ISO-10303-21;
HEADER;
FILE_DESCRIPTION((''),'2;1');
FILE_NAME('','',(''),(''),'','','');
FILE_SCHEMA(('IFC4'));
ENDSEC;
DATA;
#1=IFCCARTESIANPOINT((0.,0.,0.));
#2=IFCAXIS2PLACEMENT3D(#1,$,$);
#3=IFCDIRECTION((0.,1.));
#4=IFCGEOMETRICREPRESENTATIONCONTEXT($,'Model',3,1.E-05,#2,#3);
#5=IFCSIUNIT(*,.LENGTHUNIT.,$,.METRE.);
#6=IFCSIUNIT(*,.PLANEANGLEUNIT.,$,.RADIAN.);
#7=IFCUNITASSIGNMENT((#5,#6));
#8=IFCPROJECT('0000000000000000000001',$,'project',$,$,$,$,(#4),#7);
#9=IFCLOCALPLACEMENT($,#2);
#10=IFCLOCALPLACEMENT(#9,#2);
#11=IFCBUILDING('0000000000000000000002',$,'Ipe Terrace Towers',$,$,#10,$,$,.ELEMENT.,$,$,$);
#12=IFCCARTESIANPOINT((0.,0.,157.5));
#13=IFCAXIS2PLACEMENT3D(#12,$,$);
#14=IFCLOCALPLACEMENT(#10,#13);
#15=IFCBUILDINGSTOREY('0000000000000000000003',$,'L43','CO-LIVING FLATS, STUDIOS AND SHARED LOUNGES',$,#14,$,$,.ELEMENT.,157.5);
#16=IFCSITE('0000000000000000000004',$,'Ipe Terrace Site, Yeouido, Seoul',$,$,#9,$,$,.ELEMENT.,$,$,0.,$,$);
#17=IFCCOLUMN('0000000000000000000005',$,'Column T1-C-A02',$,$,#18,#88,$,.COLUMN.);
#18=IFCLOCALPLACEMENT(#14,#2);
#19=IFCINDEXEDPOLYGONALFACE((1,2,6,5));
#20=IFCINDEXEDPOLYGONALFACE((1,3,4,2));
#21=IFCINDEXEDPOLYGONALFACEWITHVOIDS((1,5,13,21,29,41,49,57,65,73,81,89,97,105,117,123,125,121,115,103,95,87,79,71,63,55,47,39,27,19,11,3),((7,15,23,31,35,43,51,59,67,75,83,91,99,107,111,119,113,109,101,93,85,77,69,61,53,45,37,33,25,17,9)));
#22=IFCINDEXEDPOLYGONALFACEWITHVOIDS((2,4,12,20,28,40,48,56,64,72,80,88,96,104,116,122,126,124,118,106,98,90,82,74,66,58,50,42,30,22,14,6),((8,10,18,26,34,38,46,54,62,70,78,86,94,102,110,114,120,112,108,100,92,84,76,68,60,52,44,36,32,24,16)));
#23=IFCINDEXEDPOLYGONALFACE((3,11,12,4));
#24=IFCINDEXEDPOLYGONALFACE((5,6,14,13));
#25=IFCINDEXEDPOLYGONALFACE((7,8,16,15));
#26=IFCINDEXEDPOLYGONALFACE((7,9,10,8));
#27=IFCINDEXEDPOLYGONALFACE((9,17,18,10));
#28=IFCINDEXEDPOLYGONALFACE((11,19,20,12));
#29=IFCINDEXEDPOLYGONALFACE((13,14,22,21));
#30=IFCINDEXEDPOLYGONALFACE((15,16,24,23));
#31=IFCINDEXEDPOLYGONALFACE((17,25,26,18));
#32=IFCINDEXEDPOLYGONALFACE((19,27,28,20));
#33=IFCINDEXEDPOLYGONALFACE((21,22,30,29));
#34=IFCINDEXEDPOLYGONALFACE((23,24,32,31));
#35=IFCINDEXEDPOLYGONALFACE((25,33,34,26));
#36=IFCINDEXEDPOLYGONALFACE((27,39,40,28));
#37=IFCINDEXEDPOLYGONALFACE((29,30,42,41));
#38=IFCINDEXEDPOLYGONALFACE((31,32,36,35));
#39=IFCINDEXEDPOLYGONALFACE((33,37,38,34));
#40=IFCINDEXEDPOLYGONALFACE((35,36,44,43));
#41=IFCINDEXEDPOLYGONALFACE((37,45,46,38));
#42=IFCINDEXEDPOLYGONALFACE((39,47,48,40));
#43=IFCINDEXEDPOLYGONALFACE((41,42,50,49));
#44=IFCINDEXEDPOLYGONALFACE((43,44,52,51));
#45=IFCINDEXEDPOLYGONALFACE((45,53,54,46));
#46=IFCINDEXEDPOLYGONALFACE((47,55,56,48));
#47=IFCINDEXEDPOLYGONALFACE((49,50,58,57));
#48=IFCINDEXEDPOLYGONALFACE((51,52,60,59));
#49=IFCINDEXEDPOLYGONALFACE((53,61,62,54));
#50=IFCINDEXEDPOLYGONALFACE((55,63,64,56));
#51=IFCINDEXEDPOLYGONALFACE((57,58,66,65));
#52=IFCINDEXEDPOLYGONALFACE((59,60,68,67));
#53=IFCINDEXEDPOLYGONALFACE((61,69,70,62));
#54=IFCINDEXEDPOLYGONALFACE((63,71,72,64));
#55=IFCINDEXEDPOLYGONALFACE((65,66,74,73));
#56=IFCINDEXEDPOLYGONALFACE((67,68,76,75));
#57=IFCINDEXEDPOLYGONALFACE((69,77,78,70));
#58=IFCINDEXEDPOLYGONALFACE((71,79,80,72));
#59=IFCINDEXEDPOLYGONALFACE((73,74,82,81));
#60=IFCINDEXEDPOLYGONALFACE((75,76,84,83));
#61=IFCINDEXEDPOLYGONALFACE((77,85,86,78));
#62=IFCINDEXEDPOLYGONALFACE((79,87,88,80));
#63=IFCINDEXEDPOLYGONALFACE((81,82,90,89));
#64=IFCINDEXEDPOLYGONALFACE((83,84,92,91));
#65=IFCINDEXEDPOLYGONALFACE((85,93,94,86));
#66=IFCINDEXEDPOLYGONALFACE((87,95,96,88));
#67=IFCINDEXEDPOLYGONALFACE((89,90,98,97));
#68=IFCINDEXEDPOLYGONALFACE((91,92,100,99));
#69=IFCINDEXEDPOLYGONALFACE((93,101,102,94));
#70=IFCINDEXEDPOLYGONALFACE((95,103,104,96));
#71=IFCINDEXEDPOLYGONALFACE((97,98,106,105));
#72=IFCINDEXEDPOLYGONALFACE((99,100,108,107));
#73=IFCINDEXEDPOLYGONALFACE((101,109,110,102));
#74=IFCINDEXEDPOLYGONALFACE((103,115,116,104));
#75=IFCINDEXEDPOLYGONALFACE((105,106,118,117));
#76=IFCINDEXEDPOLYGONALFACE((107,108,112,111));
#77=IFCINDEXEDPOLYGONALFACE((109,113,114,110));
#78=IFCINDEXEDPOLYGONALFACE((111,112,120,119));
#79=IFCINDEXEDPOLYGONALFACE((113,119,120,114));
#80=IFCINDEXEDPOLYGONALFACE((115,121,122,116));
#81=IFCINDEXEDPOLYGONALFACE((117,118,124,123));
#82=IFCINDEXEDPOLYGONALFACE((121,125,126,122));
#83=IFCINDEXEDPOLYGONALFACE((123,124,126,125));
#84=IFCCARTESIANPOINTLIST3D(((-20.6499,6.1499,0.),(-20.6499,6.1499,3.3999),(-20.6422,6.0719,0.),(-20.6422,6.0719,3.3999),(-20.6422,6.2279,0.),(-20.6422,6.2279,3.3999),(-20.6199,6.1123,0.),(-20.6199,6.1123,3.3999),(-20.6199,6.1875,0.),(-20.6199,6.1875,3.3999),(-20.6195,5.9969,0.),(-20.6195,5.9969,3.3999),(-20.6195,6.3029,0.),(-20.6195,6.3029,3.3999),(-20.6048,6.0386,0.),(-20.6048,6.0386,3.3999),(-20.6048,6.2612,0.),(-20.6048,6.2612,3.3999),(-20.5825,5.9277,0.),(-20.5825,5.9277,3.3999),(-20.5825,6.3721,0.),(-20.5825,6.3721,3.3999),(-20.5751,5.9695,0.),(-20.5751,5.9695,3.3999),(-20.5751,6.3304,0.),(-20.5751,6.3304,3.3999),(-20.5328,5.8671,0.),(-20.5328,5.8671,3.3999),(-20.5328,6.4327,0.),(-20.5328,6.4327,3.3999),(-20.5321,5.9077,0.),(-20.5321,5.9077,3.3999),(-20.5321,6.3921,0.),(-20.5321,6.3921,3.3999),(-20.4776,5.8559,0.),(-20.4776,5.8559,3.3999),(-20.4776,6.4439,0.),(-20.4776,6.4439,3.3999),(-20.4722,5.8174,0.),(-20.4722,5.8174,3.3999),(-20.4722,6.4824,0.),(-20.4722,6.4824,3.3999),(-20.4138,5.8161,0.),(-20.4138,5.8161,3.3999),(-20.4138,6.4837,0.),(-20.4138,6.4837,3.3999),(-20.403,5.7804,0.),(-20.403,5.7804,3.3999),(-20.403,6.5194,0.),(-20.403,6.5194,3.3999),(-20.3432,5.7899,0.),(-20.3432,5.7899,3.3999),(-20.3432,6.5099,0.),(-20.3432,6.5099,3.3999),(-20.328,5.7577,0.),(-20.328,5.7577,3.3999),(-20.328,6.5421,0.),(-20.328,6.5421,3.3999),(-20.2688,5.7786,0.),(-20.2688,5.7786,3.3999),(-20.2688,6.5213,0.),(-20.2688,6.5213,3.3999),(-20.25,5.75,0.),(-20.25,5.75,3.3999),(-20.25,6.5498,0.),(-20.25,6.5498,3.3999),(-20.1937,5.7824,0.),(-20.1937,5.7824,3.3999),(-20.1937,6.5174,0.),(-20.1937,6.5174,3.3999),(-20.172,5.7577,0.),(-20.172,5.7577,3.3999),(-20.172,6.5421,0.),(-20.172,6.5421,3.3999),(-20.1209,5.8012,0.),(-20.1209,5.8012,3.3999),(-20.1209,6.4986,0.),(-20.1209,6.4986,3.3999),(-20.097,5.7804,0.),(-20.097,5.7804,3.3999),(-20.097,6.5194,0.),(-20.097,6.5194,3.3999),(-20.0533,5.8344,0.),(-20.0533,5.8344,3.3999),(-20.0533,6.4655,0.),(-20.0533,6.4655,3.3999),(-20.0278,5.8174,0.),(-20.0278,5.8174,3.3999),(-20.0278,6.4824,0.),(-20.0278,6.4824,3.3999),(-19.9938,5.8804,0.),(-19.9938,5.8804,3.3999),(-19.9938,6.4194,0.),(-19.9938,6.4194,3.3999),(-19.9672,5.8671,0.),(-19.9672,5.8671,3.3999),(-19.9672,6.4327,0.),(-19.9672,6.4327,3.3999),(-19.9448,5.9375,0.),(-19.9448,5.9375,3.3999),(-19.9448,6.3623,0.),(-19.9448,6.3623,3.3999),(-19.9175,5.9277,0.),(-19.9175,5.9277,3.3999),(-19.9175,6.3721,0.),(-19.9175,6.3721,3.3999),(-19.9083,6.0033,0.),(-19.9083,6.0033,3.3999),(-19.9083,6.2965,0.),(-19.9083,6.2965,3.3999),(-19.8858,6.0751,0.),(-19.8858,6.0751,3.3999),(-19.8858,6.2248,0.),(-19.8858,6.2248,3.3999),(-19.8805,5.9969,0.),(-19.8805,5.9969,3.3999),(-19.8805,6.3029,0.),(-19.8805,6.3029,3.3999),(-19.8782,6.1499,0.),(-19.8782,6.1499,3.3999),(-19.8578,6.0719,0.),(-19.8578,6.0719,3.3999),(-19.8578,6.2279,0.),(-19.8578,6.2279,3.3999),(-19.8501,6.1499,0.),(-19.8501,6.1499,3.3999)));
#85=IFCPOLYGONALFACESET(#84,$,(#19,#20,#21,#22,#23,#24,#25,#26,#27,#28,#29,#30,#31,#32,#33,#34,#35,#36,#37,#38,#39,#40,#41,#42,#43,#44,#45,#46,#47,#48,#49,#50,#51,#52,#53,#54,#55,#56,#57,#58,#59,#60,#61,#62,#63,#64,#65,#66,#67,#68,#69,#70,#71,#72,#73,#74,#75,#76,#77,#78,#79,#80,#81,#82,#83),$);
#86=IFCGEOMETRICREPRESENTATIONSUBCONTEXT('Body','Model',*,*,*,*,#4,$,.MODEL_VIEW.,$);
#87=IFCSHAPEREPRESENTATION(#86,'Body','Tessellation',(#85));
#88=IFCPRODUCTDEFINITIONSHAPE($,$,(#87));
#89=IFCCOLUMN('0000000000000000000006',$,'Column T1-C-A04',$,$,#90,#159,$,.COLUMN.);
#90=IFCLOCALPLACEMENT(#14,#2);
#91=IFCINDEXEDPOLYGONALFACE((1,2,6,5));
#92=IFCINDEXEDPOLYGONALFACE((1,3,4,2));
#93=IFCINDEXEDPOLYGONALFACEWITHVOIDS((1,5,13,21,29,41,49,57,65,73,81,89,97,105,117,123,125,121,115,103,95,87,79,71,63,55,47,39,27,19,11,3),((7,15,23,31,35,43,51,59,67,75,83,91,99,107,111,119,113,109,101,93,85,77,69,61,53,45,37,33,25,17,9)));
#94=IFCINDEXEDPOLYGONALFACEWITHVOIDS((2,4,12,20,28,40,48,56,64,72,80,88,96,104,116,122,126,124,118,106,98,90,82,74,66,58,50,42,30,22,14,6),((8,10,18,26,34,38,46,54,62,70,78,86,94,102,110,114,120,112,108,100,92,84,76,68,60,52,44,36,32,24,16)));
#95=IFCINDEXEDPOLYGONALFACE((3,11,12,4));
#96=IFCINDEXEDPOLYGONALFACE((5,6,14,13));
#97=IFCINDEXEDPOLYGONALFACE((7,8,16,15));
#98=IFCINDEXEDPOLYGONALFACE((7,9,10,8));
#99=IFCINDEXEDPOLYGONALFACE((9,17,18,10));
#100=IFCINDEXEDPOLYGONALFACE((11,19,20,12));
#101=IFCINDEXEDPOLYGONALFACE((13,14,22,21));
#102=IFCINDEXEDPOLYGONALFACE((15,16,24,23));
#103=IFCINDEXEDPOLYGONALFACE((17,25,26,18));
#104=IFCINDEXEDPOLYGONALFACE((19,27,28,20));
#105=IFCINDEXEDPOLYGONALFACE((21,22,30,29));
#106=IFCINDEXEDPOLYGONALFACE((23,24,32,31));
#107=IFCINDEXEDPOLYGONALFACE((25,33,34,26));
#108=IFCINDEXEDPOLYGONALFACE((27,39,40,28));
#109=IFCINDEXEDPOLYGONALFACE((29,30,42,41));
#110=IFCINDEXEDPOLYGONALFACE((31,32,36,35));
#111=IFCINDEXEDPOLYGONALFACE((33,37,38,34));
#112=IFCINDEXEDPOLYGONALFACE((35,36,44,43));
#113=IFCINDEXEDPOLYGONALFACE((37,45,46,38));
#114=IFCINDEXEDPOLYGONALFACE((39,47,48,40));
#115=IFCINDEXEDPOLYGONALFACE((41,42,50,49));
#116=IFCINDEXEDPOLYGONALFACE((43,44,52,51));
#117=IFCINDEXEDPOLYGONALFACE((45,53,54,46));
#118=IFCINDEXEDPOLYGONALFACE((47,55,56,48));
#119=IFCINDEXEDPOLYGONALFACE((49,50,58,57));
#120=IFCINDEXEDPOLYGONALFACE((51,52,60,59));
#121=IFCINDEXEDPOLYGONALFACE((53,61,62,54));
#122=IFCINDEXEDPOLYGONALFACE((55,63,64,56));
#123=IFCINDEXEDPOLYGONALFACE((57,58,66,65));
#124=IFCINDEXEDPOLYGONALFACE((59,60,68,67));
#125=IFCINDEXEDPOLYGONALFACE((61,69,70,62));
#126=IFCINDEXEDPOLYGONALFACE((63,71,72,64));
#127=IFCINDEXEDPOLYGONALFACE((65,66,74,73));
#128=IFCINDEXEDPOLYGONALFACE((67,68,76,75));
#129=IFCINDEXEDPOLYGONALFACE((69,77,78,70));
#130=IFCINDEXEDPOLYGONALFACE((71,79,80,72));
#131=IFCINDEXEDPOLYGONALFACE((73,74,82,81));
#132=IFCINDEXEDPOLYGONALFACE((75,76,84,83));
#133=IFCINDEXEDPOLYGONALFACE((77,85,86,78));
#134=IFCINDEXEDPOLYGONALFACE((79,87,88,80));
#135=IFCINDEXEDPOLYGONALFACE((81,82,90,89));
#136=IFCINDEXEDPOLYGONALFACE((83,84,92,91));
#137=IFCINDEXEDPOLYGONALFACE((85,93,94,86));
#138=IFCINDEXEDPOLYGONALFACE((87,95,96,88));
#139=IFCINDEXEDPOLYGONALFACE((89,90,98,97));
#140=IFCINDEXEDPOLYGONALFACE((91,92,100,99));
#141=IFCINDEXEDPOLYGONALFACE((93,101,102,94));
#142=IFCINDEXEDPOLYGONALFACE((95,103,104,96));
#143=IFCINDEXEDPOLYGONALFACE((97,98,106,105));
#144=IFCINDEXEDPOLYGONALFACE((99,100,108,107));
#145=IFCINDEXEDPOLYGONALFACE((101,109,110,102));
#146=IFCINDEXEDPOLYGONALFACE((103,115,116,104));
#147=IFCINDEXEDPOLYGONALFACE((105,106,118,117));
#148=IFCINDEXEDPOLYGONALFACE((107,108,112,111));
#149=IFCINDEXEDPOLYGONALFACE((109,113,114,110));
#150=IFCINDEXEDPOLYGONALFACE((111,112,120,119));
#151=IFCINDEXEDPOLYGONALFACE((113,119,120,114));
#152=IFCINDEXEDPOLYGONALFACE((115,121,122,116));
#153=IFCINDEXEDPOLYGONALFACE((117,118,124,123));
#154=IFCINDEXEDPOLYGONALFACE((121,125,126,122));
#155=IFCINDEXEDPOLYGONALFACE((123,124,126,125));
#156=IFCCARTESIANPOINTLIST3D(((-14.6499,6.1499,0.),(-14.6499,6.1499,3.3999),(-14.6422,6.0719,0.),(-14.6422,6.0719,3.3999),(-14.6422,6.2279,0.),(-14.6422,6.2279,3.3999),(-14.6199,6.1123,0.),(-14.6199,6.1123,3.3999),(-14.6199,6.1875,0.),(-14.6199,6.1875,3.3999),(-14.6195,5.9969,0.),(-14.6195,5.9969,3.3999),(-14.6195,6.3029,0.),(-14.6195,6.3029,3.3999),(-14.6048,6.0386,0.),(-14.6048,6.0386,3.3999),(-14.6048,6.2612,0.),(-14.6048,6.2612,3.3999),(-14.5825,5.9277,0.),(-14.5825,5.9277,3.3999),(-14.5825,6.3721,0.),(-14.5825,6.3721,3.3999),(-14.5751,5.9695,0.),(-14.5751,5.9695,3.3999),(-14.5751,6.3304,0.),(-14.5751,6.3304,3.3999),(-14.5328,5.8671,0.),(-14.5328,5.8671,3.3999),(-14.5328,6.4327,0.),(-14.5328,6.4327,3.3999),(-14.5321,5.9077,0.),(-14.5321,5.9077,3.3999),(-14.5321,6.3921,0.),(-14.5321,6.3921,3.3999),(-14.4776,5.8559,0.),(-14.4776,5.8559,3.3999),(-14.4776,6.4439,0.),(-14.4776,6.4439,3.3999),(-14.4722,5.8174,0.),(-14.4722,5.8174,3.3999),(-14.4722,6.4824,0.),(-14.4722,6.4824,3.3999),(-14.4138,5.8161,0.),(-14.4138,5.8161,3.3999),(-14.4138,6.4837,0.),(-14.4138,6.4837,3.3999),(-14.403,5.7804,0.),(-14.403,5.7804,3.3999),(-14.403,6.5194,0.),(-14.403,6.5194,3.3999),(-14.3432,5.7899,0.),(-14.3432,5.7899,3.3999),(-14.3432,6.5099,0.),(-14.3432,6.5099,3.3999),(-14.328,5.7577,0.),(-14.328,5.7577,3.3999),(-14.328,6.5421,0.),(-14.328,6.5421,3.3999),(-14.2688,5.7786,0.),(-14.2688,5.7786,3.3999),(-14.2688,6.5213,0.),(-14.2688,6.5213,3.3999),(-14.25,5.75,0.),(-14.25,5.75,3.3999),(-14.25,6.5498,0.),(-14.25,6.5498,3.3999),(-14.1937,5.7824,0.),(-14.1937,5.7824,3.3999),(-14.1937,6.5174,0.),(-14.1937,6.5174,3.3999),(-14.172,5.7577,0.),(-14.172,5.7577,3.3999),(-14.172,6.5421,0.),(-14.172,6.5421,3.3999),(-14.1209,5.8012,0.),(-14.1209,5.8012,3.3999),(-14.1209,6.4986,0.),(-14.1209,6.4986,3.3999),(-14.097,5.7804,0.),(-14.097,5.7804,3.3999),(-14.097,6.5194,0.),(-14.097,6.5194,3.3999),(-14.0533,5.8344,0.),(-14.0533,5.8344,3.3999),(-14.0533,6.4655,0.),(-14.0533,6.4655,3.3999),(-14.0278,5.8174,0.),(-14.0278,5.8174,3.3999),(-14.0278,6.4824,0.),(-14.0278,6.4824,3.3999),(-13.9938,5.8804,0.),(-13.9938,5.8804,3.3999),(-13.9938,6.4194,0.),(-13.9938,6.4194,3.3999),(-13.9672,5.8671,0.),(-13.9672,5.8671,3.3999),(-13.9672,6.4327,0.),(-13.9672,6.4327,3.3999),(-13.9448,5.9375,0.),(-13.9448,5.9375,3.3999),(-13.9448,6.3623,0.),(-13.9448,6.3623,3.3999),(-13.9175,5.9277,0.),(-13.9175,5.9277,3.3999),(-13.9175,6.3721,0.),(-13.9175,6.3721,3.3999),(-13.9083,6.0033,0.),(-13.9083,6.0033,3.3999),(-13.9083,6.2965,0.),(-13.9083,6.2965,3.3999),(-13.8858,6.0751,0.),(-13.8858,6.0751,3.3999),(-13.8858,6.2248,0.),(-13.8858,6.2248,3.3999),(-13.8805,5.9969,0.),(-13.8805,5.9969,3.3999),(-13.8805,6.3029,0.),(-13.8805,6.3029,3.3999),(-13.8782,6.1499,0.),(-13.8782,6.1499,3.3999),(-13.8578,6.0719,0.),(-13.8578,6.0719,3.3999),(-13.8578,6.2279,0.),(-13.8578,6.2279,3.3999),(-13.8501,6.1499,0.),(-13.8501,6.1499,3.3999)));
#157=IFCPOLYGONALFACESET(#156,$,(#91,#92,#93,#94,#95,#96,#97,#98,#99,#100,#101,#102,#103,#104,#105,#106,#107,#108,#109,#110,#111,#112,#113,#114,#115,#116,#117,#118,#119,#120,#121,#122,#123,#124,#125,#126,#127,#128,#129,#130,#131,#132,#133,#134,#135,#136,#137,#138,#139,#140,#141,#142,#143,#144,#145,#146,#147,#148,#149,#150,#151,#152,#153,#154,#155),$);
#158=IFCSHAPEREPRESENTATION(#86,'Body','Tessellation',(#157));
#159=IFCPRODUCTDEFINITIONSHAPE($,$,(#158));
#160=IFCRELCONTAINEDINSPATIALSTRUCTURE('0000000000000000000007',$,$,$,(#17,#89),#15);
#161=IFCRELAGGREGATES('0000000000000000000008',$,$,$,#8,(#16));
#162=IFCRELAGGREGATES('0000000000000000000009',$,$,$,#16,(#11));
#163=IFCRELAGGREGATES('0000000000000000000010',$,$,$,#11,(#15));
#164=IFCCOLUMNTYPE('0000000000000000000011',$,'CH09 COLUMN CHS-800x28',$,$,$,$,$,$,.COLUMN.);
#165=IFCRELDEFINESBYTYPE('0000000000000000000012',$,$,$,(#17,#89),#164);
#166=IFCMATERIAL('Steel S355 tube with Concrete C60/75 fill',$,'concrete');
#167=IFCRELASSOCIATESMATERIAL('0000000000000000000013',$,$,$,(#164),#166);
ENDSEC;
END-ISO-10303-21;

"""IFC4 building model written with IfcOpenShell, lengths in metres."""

from ifc_helpers import new_model, si_unit, direction, frame, origin, origin_2d, place, context, subcontext, project, spatial, hollow_circle, extrude, material, material_profile, profile_set, type_object, element, save


model = new_model("IFC4")

# Units and contexts
model_context = context("Model", 3, precision=1e-05, world=origin(), true_north=direction((0.0, 1.0)))
body_context = subcontext(model_context, "Body", "Model", "MODEL_VIEW")
ifc_project = project(units=[si_unit("LENGTHUNIT", "METRE"), si_unit("PLANEANGLEUNIT", "RADIAN")], contexts=[model_context])

# Site, building, storey
site_placement = place(None, origin())
site = spatial("IfcSite", under=ifc_project, at=site_placement, Name="Ipe Terrace Site, Yeouido, Seoul", CompositionType="ELEMENT", RefElevation=0.0)
building_placement = place(site_placement, origin())
building = spatial("IfcBuilding", under=site, at=building_placement, Name="Ipe Terrace Towers", CompositionType="ELEMENT")
storey_placement = place(building_placement, frame((0.0, 0.0, 157.5)))
storey = spatial("IfcBuildingStorey", under=building, at=storey_placement, Name="L43", Description="CO-LIVING FLATS, STUDIOS AND SHARED LOUNGES", CompositionType="ELEMENT", Elevation=157.5)

# Columns
ifc_material_1 = material(Name="Steel S355 tube with Concrete C60/75 fill", Category="concrete")
ifc_material_profile_1 = material_profile(ifc_material_1, hollow_circle(Radius=0.3999, WallThickness=0.0281, at=origin_2d()), Name="CHS-800x28")
ifc_profile_set_1 = profile_set([ifc_material_profile_1], Name="Steel S355 tube with Concrete C60/75 fill")
column_type = type_object("IfcColumnType", Name="CH09 COLUMN CHS-800x28", PredefinedType="COLUMN", material=ifc_profile_set_1)
for number, where, z_axis, x_axis, name in (
    (1, (-20.25, 6.1499, 0.0), (0.0, 0.0, 1.0), (1.0, 0.0, 0.0), "Column T1-C-A02"),
    (2, (-14.25, 6.1499, 0.0), (0.0, 0.0, 1.0), (1.0, 0.0, 0.0), "Column T1-C-A04"),
):
    element("IfcColumn", number, at=place(storey_placement, frame(where, z_axis=z_axis, x_axis=x_axis)), inside=storey, type_object=column_type, Name=name, PredefinedType="COLUMN", context=body_context, shape_type="SweptSolid", body=[
        extrude(hollow_circle(Radius=0.3999, WallThickness=0.0281, at=origin_2d()), origin(), (0.0, 0.0, 1.0), 3.3999),
    ])

save(model, "model.ifc")
